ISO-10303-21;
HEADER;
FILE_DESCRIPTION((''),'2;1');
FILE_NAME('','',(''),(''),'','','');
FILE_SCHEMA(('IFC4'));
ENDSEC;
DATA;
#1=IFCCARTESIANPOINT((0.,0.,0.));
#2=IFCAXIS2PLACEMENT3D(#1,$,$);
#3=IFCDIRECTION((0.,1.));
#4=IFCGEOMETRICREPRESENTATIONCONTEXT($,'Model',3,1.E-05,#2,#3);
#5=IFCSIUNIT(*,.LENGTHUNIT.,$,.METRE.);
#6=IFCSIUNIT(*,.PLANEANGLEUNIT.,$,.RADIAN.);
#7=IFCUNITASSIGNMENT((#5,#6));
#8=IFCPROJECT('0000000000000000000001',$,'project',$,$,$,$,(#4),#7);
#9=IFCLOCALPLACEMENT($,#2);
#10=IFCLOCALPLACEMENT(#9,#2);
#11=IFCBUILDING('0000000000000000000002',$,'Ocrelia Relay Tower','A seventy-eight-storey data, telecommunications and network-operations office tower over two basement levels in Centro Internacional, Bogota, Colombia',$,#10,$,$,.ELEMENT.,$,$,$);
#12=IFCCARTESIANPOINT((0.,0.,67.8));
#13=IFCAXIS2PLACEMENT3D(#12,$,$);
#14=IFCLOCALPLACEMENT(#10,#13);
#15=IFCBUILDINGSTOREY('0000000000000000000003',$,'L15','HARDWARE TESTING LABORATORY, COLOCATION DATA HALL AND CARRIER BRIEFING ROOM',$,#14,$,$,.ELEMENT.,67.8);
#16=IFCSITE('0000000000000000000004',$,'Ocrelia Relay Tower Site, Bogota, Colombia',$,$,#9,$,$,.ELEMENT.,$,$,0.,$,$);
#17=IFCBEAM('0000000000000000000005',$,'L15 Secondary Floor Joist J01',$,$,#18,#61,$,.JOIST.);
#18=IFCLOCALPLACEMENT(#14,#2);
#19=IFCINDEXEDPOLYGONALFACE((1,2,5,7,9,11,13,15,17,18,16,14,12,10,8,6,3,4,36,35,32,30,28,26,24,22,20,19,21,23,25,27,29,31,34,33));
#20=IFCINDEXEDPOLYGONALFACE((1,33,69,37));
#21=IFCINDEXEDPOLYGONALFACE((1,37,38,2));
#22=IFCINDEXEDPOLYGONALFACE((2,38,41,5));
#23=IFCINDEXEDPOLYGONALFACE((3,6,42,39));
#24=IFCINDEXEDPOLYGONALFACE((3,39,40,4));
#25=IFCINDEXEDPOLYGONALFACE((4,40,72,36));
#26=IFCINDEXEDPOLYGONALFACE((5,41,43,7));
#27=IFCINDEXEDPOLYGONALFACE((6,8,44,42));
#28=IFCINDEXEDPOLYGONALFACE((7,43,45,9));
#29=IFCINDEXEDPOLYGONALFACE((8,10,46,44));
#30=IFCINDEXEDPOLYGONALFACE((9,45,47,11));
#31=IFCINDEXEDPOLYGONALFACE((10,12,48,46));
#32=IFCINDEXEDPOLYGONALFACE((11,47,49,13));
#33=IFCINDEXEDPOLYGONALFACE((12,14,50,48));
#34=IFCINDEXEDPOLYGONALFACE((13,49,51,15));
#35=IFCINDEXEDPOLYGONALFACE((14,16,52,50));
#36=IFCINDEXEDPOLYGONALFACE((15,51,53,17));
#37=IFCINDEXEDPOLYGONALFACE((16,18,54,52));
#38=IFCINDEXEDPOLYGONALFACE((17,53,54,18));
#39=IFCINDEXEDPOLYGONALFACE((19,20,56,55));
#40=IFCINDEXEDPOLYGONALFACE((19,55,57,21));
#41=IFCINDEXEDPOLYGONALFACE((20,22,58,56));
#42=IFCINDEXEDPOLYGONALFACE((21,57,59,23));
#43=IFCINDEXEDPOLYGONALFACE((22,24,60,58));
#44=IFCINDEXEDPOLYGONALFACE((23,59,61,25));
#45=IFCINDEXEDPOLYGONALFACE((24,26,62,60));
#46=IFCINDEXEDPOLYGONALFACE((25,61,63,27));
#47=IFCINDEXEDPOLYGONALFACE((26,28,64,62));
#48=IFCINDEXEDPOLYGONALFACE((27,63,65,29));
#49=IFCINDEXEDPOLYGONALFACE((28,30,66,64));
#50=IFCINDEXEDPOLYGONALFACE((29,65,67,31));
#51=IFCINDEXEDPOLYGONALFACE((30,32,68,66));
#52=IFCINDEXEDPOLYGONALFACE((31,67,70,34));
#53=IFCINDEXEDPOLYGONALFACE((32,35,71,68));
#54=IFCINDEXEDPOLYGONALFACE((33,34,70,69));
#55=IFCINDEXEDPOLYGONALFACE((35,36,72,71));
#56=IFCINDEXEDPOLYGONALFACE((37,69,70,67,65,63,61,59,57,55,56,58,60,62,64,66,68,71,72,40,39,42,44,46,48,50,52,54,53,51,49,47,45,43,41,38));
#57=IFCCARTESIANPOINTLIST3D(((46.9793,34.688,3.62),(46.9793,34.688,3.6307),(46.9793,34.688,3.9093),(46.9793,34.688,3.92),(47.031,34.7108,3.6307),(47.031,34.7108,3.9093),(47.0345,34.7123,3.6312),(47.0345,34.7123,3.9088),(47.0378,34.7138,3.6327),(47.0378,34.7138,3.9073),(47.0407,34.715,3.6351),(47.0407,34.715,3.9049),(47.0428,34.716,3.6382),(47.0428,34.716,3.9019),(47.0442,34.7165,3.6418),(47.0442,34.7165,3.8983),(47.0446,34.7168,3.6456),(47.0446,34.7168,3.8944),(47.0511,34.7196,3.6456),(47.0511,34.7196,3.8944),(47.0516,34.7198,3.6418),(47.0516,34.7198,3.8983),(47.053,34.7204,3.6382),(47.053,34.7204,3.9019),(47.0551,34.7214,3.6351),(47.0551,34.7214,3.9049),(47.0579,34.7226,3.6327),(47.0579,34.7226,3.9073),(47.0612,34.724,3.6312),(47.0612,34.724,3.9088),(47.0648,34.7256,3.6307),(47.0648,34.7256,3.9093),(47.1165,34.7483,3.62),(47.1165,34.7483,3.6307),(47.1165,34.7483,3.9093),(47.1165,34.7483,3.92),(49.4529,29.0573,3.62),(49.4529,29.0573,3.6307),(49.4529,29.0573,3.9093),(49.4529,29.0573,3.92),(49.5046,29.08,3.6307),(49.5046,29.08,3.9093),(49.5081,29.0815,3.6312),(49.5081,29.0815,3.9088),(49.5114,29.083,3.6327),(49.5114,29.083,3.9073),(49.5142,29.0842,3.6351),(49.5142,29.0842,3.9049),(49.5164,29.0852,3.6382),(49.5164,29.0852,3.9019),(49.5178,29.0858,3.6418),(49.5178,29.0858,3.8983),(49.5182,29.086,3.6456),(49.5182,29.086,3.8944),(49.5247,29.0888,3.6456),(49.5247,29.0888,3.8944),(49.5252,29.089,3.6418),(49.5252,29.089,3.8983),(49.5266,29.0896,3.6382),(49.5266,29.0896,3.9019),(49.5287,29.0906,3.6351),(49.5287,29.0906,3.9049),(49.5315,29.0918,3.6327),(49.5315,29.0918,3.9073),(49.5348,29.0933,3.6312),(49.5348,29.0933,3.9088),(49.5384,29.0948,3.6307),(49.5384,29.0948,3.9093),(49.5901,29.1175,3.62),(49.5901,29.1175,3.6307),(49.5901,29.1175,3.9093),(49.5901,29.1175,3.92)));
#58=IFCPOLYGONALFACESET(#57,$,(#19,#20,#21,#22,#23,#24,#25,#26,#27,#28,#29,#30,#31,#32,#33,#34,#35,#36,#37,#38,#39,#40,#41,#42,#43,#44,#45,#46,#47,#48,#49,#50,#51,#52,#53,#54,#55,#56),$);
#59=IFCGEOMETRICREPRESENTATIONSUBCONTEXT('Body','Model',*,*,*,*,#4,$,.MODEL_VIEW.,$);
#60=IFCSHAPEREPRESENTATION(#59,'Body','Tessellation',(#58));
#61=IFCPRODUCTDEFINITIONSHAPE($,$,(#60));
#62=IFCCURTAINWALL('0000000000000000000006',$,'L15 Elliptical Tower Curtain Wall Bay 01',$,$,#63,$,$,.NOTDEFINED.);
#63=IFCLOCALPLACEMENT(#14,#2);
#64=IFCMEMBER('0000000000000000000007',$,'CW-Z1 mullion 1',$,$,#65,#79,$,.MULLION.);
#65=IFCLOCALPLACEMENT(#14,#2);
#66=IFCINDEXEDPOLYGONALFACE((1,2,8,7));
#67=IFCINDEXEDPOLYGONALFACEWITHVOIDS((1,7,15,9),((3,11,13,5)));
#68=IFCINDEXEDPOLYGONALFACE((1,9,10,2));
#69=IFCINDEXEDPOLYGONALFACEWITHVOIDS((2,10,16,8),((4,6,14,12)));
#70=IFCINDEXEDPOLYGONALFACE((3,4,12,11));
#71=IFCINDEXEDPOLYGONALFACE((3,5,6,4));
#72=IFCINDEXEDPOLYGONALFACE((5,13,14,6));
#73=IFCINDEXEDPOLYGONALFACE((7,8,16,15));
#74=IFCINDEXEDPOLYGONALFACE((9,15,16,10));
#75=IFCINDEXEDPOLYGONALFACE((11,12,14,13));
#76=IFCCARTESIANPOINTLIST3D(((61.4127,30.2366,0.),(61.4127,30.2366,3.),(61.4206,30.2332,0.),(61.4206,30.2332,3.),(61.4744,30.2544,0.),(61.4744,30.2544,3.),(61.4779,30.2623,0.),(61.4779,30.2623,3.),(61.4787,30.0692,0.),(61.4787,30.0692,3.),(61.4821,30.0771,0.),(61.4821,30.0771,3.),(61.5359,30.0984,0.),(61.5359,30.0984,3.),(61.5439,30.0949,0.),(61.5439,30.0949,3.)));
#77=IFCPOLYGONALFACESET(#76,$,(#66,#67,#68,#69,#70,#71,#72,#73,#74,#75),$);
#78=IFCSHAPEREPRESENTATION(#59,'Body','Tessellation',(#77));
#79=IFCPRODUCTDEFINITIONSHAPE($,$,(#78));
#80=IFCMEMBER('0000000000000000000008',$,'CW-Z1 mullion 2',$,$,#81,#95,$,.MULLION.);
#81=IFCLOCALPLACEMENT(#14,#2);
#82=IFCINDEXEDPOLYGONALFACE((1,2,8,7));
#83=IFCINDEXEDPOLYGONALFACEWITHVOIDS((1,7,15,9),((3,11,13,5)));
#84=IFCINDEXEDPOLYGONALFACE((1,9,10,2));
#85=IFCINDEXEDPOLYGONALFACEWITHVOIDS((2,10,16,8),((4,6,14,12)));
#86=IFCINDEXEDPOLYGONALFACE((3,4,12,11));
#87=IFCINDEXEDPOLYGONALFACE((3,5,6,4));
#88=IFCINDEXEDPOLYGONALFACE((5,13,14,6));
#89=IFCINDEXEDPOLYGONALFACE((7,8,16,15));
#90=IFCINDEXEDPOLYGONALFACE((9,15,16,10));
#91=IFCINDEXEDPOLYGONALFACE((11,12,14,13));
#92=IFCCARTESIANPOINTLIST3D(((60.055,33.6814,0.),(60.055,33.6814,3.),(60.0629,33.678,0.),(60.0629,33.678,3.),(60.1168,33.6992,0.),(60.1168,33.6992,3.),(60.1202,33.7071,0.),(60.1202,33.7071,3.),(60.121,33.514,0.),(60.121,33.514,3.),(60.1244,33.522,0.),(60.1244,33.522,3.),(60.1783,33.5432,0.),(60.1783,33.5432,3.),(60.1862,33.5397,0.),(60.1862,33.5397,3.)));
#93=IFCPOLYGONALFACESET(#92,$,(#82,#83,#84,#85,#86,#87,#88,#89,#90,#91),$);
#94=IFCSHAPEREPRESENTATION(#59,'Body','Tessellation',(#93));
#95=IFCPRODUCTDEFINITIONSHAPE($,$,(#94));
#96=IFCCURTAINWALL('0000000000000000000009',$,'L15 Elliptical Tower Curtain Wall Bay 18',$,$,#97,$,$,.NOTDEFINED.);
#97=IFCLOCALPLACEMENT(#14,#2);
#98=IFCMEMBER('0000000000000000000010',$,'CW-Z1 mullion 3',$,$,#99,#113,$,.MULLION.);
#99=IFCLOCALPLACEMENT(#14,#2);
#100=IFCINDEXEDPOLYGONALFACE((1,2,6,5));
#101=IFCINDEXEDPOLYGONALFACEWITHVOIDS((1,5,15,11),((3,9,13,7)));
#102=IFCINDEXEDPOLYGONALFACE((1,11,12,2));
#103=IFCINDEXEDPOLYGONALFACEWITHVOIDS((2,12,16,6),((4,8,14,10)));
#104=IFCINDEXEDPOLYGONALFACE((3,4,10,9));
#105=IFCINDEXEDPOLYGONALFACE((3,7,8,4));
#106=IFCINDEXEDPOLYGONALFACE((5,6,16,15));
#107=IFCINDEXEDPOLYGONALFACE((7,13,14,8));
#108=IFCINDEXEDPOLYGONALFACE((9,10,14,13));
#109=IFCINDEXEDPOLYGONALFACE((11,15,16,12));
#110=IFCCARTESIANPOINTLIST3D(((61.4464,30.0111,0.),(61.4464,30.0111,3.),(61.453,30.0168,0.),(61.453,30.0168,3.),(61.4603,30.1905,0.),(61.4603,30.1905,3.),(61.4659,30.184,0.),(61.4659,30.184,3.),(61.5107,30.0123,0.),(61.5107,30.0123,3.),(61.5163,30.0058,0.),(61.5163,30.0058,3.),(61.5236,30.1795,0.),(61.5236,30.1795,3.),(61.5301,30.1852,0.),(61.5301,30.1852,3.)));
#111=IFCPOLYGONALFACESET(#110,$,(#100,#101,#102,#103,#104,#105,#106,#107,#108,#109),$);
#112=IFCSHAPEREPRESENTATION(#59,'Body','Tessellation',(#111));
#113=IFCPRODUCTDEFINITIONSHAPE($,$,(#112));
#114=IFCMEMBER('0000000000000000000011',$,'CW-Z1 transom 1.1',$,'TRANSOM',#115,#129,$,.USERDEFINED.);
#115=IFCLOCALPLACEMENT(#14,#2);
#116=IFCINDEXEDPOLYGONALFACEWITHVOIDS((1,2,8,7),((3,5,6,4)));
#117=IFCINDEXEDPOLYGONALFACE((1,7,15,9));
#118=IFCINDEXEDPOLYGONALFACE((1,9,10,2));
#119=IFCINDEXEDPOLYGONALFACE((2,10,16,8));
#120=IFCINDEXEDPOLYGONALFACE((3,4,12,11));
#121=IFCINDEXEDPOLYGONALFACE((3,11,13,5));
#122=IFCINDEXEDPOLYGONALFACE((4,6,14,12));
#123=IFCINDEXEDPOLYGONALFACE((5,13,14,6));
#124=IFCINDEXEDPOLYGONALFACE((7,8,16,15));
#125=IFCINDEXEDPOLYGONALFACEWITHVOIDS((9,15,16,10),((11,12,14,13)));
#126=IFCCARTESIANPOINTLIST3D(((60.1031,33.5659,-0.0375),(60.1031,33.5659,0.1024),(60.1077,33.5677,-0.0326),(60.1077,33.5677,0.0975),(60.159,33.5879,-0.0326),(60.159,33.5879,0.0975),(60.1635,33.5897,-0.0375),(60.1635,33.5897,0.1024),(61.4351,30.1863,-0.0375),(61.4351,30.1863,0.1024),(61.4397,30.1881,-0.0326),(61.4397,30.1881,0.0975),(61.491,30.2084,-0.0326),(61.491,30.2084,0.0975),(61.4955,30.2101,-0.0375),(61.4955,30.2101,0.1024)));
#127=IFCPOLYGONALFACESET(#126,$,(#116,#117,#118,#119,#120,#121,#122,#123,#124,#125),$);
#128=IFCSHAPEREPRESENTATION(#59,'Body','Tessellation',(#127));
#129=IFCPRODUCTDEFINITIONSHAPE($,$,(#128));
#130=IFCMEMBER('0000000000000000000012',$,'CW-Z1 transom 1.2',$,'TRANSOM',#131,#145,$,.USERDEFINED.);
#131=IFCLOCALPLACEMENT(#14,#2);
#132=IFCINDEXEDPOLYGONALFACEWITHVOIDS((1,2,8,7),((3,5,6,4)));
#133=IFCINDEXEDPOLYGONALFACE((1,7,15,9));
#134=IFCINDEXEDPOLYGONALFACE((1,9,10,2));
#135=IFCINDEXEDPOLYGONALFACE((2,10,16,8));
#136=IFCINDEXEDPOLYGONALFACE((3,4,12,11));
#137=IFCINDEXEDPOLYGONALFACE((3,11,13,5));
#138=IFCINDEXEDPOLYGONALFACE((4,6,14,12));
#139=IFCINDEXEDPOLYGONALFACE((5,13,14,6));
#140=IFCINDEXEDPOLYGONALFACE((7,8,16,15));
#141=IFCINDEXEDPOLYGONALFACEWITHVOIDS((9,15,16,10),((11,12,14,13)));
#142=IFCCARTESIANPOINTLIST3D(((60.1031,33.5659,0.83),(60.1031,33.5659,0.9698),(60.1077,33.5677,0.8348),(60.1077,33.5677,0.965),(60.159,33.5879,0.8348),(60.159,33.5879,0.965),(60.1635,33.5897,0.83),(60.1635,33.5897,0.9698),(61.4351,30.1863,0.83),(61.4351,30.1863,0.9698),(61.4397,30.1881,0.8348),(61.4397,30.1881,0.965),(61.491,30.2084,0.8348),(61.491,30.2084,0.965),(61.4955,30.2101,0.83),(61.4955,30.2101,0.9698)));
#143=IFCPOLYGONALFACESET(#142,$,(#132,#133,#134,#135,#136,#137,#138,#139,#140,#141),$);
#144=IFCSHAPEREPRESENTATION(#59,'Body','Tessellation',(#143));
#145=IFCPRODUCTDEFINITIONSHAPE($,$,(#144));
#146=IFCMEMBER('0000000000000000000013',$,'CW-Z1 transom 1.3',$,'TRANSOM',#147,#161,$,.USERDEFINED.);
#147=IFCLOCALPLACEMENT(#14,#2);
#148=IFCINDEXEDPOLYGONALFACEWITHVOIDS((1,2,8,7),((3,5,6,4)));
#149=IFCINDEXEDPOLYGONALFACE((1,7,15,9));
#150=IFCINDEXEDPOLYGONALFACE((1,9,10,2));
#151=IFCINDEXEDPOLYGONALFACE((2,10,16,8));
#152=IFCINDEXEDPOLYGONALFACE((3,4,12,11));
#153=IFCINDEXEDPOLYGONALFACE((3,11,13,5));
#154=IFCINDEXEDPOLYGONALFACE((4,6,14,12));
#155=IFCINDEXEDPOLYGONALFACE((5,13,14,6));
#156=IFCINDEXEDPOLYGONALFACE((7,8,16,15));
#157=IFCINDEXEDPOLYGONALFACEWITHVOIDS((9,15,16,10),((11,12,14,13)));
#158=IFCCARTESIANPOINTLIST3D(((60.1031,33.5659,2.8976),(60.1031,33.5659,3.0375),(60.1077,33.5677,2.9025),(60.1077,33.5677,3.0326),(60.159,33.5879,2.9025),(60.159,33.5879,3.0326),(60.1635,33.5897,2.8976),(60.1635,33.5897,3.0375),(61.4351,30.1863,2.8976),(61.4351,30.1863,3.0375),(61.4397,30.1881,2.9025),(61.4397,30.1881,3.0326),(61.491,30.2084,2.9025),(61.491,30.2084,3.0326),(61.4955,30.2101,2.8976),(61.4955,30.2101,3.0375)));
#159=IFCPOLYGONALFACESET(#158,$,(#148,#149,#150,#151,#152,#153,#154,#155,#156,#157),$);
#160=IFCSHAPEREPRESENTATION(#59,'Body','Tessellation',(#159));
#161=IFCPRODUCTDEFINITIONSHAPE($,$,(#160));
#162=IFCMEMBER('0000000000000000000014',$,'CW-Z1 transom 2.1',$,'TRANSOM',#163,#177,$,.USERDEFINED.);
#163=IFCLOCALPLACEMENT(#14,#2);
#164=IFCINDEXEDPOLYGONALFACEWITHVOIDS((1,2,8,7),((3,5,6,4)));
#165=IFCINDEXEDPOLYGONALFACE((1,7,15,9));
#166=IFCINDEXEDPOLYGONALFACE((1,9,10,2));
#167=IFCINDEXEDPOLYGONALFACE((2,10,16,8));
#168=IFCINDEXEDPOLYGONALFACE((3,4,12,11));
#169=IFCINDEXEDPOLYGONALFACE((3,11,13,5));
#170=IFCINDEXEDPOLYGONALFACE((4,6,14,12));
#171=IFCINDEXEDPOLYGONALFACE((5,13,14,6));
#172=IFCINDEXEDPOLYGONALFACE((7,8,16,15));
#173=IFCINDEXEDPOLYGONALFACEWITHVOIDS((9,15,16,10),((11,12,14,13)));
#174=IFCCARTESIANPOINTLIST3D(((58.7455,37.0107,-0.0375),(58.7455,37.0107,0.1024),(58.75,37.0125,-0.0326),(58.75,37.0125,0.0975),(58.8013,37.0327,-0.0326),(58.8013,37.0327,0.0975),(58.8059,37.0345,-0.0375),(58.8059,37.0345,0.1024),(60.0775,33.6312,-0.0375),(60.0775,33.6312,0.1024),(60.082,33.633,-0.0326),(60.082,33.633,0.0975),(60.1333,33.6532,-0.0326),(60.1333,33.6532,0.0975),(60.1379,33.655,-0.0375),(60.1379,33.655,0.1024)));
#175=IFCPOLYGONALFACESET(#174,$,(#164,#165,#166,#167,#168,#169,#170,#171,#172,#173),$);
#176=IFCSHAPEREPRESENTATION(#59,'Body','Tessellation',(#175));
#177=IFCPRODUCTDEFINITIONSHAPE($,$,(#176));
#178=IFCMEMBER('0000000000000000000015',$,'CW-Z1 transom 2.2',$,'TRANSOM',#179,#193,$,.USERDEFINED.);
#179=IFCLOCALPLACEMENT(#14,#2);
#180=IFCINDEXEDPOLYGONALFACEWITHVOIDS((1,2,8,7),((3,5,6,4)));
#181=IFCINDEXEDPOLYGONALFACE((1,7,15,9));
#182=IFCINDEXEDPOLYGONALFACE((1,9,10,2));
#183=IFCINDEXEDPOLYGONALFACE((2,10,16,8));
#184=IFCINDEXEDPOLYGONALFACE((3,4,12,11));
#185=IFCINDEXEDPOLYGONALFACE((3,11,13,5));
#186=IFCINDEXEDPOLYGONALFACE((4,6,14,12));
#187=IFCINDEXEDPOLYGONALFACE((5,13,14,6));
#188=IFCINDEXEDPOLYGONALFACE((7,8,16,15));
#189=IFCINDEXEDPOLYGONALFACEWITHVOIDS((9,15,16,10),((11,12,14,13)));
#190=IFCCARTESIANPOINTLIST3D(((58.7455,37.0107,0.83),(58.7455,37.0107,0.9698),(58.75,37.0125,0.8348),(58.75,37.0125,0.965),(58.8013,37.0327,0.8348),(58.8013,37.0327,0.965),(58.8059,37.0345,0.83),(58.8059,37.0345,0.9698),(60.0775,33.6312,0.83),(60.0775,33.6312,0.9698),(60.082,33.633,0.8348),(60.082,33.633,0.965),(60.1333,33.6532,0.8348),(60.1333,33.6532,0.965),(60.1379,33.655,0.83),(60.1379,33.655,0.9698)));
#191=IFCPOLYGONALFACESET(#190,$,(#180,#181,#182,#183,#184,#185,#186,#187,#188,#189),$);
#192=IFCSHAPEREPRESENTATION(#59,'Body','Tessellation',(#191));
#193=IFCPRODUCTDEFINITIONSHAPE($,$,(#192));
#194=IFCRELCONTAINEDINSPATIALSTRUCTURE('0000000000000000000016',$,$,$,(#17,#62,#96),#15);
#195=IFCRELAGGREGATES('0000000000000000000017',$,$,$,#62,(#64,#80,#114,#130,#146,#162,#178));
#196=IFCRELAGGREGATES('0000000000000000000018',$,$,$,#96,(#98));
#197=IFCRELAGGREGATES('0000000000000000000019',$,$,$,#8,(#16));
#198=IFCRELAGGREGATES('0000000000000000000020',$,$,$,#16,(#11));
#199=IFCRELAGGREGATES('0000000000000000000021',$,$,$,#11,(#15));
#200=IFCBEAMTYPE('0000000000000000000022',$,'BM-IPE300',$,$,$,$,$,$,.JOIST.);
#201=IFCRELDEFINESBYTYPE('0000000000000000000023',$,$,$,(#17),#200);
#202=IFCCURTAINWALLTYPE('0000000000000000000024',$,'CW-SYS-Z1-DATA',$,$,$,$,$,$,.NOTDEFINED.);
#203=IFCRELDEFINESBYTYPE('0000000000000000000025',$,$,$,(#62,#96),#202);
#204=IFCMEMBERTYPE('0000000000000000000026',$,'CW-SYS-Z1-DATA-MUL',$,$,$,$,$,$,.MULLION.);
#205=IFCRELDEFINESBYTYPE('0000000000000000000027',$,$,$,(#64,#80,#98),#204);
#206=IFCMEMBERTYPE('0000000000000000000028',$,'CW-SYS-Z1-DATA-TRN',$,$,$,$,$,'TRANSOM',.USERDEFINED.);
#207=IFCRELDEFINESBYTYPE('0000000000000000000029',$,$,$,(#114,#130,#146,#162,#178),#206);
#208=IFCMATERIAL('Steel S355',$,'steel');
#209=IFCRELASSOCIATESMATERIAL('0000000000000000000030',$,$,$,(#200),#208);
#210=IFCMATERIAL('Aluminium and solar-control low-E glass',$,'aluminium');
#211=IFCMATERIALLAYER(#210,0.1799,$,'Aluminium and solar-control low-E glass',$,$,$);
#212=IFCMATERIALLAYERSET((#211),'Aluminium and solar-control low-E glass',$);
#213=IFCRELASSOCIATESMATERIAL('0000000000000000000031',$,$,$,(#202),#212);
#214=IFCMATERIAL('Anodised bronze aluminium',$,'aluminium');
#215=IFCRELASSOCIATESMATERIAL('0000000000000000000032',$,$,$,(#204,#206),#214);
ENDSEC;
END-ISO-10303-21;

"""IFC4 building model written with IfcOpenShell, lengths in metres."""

from ifc_helpers import new_model, si_unit, direction, frame, origin, origin_2d, place, context, subcontext, project, spatial, hollow_rectangle, i_section, extrude, material, layer, layer_set, material_profile, profile_set, type_object, element, aggregate, save


model = new_model("IFC4")

# Units and contexts
model_context = context("Model", 3, precision=1e-05, world=origin(), true_north=direction((0.0, 1.0)))
body_context = subcontext(model_context, "Body", "Model", "MODEL_VIEW")
ifc_project = project(units=[si_unit("LENGTHUNIT", "METRE"), si_unit("PLANEANGLEUNIT", "RADIAN")], contexts=[model_context])

# Site, building, storey
site_placement = place(None, origin())
site = spatial("IfcSite", under=ifc_project, at=site_placement, Name="Ocrelia Relay Tower Site, Bogota, Colombia", CompositionType="ELEMENT", RefElevation=0.0)
building_placement = place(site_placement, origin())
building = spatial("IfcBuilding", under=site, at=building_placement, Name="Ocrelia Relay Tower", Description="A seventy-eight-storey data, telecommunications and network-operations office tower over two basement levels in Centro Internacional, Bogota, Colombia", CompositionType="ELEMENT")
storey_placement = place(building_placement, frame((0.0, 0.0, 67.8)))
storey = spatial("IfcBuildingStorey", under=building, at=storey_placement, Name="L15", Description="HARDWARE TESTING LABORATORY, COLOCATION DATA HALL AND CARRIER BRIEFING ROOM", CompositionType="ELEMENT", Elevation=67.8)

# Beam
ifc_material_1 = material(Name="Steel S355", Category="steel")
ifc_material_profile_1 = material_profile(ifc_material_1, i_section(OverallWidth=0.1499, OverallDepth=0.3, WebThickness=0.0071, FlangeThickness=0.0107, FilletRadius=0.0149, at=origin_2d()), Name="IPE 300")
ifc_profile_set_1 = profile_set([ifc_material_profile_1], Name="Steel S355")
beam_type_1 = type_object("IfcBeamType", Name="BM-IPE300", PredefinedType="JOIST", material=ifc_profile_set_1)
beam_1_placement = place(storey_placement, frame((49.5215, 29.0874, 3.77), z_axis=(-0.402201, 0.915551, 0.0), x_axis=(-0.915551, -0.402201, 0.0)))
element("IfcBeam", 1, at=beam_1_placement, inside=storey, type_object=beam_type_1, Name="L15 Secondary Floor Joist J01", PredefinedType="JOIST", context=body_context, shape_type="SweptSolid", body=[
    extrude(i_section(OverallWidth=0.1499, OverallDepth=0.3, WebThickness=0.0071, FlangeThickness=0.0107, FilletRadius=0.0149, at=origin_2d()), origin(), (0.0, 0.0, 1.0), 6.1501),
])

# Curtain wall, members
ifc_material_2 = material(Name="Aluminium and solar-control low-E glass", Category="aluminium")
ifc_layer_1 = layer(ifc_material_2, 0.1799, Name="Aluminium and solar-control low-E glass")
ifc_layer_set_1 = layer_set([ifc_layer_1], Name="Aluminium and solar-control low-E glass")
curtain_wall_type = type_object("IfcCurtainWallType", Name="CW-SYS-Z1-DATA", PredefinedType="NOTDEFINED", material=ifc_layer_set_1)
curtain_wall_1_placement = place(storey_placement, origin())
curtain_wall_1 = element("IfcCurtainWall", 2, at=curtain_wall_1_placement, inside=storey, type_object=curtain_wall_type, Name="L15 Elliptical Tower Curtain Wall Bay 01", PredefinedType="NOTDEFINED")
ifc_material_3 = material(Name="Anodised bronze aluminium", Category="aluminium")
ifc_material_profile_2 = material_profile(ifc_material_3, hollow_rectangle(XDim=0.0701, YDim=0.1799, WallThickness=0.0061, at=origin_2d()), Name="CW-MUL-180x70")
ifc_profile_set_2 = profile_set([ifc_material_profile_2], Name="Anodised bronze aluminium")
member_type_1 = type_object("IfcMemberType", Name="CW-SYS-Z1-DATA-MUL", PredefinedType="MULLION", material=ifc_profile_set_2)
member_1_placement = place(storey_placement, frame((61.4783, 30.1658, 0.0), z_axis=(0.0, 0.0, 1.0), x_axis=(-0.930352, -0.366667, 0.0)))
member_1 = element("IfcMember", 3, at=member_1_placement, type_object=member_type_1, Name="CW-Z1 mullion 1", PredefinedType="MULLION", context=body_context, shape_type="SweptSolid", body=[
    extrude(hollow_rectangle(XDim=0.0701, YDim=0.1799, WallThickness=0.0061, at=origin_2d()), origin(), (0.0, 0.0, 1.0), 3.0),
])
member_2_placement = place(storey_placement, frame((60.1206, 33.6106, 0.0), z_axis=(0.0, 0.0, 1.0), x_axis=(-0.930352, -0.366667, 0.0)))
member_2 = element("IfcMember", 4, at=member_2_placement, type_object=member_type_1, Name="CW-Z1 mullion 2", PredefinedType="MULLION", context=body_context, shape_type="SweptSolid", body=[
    extrude(hollow_rectangle(XDim=0.0701, YDim=0.1799, WallThickness=0.0061, at=origin_2d()), origin(), (0.0, 0.0, 1.0), 3.0),
])

# Curtain wall, member
curtain_wall_2_placement = place(storey_placement, origin())
curtain_wall_2 = element("IfcCurtainWall", 5, at=curtain_wall_2_placement, inside=storey, type_object=curtain_wall_type, Name="L15 Elliptical Tower Curtain Wall Bay 18", PredefinedType="NOTDEFINED")
member_3_placement = place(storey_placement, frame((61.4883, 30.0981, 0.0), z_axis=(0.0, 0.0, 1.0), x_axis=(-0.997039, 0.076892, 0.0)))
member_3 = element("IfcMember", 6, at=member_3_placement, type_object=member_type_1, Name="CW-Z1 mullion 3", PredefinedType="MULLION", context=body_context, shape_type="SweptSolid", body=[
    extrude(hollow_rectangle(XDim=0.0701, YDim=0.1799, WallThickness=0.0061, at=origin_2d()), origin(), (0.0, 0.0, 1.0), 3.0),
])

# Members
ifc_material_profile_3 = material_profile(ifc_material_3, hollow_rectangle(XDim=0.0649, YDim=0.1399, WallThickness=0.0049, at=origin_2d()), Name="CW-TRN-140x65")
ifc_profile_set_3 = profile_set([ifc_material_profile_3], Name="Anodised bronze aluminium")
member_type_2 = type_object("IfcMemberType", Name="CW-SYS-Z1-DATA-TRN", ElementType="TRANSOM", PredefinedType="USERDEFINED", material=ifc_profile_set_3)
member_4_placement = place(storey_placement, frame((61.4653, 30.1982, 0.0325), z_axis=(-0.366681, 0.930347, 0.0), x_axis=(-0.930347, -0.366681, 0.0)))
member_4 = element("IfcMember", 7, at=member_4_placement, type_object=member_type_2, Name="CW-Z1 transom 1.1", ObjectType="TRANSOM", PredefinedType="USERDEFINED", context=body_context, shape_type="SweptSolid", body=[
    extrude(hollow_rectangle(XDim=0.0649, YDim=0.1399, WallThickness=0.0049, at=origin_2d()), origin(), (0.0, 0.0, 1.0), 3.6326),
])
member_5_placement = place(storey_placement, frame((61.4653, 30.1982, 0.8999), z_axis=(-0.366681, 0.930347, 0.0), x_axis=(-0.930347, -0.366681, 0.0)))
member_5 = element("IfcMember", 8, at=member_5_placement, type_object=member_type_2, Name="CW-Z1 transom 1.2", ObjectType="TRANSOM", PredefinedType="USERDEFINED", context=body_context, shape_type="SweptSolid", body=[
    extrude(hollow_rectangle(XDim=0.0649, YDim=0.1399, WallThickness=0.0049, at=origin_2d()), origin(), (0.0, 0.0, 1.0), 3.6326),
])
member_6_placement = place(storey_placement, frame((61.4653, 30.1982, 2.9675), z_axis=(-0.366681, 0.930347, 0.0), x_axis=(-0.930347, -0.366681, 0.0)))
member_6 = element("IfcMember", 9, at=member_6_placement, type_object=member_type_2, Name="CW-Z1 transom 1.3", ObjectType="TRANSOM", PredefinedType="USERDEFINED", context=body_context, shape_type="SweptSolid", body=[
    extrude(hollow_rectangle(XDim=0.0649, YDim=0.1399, WallThickness=0.0049, at=origin_2d()), origin(), (0.0, 0.0, 1.0), 3.6326),
])
member_7_placement = place(storey_placement, frame((60.1077, 33.6431, 0.0325), z_axis=(-0.366681, 0.930347, 0.0), x_axis=(-0.930347, -0.366681, 0.0)))
member_7 = element("IfcMember", 10, at=member_7_placement, type_object=member_type_2, Name="CW-Z1 transom 2.1", ObjectType="TRANSOM", PredefinedType="USERDEFINED", context=body_context, shape_type="SweptSolid", body=[
    extrude(hollow_rectangle(XDim=0.0649, YDim=0.1399, WallThickness=0.0049, at=origin_2d()), origin(), (0.0, 0.0, 1.0), 3.6326),
])
member_8_placement = place(storey_placement, frame((60.1077, 33.6431, 0.8999), z_axis=(-0.366681, 0.930347, 0.0), x_axis=(-0.930347, -0.366681, 0.0)))
member_8 = element("IfcMember", 11, at=member_8_placement, type_object=member_type_2, Name="CW-Z1 transom 2.2", ObjectType="TRANSOM", PredefinedType="USERDEFINED", context=body_context, shape_type="SweptSolid", body=[
    extrude(hollow_rectangle(XDim=0.0649, YDim=0.1399, WallThickness=0.0049, at=origin_2d()), origin(), (0.0, 0.0, 1.0), 3.6326),
])

aggregate(curtain_wall_1, [member_1, member_2, member_4, member_5, member_6, member_7, member_8])
aggregate(curtain_wall_2, [member_3])

save(model, "model.ifc")
